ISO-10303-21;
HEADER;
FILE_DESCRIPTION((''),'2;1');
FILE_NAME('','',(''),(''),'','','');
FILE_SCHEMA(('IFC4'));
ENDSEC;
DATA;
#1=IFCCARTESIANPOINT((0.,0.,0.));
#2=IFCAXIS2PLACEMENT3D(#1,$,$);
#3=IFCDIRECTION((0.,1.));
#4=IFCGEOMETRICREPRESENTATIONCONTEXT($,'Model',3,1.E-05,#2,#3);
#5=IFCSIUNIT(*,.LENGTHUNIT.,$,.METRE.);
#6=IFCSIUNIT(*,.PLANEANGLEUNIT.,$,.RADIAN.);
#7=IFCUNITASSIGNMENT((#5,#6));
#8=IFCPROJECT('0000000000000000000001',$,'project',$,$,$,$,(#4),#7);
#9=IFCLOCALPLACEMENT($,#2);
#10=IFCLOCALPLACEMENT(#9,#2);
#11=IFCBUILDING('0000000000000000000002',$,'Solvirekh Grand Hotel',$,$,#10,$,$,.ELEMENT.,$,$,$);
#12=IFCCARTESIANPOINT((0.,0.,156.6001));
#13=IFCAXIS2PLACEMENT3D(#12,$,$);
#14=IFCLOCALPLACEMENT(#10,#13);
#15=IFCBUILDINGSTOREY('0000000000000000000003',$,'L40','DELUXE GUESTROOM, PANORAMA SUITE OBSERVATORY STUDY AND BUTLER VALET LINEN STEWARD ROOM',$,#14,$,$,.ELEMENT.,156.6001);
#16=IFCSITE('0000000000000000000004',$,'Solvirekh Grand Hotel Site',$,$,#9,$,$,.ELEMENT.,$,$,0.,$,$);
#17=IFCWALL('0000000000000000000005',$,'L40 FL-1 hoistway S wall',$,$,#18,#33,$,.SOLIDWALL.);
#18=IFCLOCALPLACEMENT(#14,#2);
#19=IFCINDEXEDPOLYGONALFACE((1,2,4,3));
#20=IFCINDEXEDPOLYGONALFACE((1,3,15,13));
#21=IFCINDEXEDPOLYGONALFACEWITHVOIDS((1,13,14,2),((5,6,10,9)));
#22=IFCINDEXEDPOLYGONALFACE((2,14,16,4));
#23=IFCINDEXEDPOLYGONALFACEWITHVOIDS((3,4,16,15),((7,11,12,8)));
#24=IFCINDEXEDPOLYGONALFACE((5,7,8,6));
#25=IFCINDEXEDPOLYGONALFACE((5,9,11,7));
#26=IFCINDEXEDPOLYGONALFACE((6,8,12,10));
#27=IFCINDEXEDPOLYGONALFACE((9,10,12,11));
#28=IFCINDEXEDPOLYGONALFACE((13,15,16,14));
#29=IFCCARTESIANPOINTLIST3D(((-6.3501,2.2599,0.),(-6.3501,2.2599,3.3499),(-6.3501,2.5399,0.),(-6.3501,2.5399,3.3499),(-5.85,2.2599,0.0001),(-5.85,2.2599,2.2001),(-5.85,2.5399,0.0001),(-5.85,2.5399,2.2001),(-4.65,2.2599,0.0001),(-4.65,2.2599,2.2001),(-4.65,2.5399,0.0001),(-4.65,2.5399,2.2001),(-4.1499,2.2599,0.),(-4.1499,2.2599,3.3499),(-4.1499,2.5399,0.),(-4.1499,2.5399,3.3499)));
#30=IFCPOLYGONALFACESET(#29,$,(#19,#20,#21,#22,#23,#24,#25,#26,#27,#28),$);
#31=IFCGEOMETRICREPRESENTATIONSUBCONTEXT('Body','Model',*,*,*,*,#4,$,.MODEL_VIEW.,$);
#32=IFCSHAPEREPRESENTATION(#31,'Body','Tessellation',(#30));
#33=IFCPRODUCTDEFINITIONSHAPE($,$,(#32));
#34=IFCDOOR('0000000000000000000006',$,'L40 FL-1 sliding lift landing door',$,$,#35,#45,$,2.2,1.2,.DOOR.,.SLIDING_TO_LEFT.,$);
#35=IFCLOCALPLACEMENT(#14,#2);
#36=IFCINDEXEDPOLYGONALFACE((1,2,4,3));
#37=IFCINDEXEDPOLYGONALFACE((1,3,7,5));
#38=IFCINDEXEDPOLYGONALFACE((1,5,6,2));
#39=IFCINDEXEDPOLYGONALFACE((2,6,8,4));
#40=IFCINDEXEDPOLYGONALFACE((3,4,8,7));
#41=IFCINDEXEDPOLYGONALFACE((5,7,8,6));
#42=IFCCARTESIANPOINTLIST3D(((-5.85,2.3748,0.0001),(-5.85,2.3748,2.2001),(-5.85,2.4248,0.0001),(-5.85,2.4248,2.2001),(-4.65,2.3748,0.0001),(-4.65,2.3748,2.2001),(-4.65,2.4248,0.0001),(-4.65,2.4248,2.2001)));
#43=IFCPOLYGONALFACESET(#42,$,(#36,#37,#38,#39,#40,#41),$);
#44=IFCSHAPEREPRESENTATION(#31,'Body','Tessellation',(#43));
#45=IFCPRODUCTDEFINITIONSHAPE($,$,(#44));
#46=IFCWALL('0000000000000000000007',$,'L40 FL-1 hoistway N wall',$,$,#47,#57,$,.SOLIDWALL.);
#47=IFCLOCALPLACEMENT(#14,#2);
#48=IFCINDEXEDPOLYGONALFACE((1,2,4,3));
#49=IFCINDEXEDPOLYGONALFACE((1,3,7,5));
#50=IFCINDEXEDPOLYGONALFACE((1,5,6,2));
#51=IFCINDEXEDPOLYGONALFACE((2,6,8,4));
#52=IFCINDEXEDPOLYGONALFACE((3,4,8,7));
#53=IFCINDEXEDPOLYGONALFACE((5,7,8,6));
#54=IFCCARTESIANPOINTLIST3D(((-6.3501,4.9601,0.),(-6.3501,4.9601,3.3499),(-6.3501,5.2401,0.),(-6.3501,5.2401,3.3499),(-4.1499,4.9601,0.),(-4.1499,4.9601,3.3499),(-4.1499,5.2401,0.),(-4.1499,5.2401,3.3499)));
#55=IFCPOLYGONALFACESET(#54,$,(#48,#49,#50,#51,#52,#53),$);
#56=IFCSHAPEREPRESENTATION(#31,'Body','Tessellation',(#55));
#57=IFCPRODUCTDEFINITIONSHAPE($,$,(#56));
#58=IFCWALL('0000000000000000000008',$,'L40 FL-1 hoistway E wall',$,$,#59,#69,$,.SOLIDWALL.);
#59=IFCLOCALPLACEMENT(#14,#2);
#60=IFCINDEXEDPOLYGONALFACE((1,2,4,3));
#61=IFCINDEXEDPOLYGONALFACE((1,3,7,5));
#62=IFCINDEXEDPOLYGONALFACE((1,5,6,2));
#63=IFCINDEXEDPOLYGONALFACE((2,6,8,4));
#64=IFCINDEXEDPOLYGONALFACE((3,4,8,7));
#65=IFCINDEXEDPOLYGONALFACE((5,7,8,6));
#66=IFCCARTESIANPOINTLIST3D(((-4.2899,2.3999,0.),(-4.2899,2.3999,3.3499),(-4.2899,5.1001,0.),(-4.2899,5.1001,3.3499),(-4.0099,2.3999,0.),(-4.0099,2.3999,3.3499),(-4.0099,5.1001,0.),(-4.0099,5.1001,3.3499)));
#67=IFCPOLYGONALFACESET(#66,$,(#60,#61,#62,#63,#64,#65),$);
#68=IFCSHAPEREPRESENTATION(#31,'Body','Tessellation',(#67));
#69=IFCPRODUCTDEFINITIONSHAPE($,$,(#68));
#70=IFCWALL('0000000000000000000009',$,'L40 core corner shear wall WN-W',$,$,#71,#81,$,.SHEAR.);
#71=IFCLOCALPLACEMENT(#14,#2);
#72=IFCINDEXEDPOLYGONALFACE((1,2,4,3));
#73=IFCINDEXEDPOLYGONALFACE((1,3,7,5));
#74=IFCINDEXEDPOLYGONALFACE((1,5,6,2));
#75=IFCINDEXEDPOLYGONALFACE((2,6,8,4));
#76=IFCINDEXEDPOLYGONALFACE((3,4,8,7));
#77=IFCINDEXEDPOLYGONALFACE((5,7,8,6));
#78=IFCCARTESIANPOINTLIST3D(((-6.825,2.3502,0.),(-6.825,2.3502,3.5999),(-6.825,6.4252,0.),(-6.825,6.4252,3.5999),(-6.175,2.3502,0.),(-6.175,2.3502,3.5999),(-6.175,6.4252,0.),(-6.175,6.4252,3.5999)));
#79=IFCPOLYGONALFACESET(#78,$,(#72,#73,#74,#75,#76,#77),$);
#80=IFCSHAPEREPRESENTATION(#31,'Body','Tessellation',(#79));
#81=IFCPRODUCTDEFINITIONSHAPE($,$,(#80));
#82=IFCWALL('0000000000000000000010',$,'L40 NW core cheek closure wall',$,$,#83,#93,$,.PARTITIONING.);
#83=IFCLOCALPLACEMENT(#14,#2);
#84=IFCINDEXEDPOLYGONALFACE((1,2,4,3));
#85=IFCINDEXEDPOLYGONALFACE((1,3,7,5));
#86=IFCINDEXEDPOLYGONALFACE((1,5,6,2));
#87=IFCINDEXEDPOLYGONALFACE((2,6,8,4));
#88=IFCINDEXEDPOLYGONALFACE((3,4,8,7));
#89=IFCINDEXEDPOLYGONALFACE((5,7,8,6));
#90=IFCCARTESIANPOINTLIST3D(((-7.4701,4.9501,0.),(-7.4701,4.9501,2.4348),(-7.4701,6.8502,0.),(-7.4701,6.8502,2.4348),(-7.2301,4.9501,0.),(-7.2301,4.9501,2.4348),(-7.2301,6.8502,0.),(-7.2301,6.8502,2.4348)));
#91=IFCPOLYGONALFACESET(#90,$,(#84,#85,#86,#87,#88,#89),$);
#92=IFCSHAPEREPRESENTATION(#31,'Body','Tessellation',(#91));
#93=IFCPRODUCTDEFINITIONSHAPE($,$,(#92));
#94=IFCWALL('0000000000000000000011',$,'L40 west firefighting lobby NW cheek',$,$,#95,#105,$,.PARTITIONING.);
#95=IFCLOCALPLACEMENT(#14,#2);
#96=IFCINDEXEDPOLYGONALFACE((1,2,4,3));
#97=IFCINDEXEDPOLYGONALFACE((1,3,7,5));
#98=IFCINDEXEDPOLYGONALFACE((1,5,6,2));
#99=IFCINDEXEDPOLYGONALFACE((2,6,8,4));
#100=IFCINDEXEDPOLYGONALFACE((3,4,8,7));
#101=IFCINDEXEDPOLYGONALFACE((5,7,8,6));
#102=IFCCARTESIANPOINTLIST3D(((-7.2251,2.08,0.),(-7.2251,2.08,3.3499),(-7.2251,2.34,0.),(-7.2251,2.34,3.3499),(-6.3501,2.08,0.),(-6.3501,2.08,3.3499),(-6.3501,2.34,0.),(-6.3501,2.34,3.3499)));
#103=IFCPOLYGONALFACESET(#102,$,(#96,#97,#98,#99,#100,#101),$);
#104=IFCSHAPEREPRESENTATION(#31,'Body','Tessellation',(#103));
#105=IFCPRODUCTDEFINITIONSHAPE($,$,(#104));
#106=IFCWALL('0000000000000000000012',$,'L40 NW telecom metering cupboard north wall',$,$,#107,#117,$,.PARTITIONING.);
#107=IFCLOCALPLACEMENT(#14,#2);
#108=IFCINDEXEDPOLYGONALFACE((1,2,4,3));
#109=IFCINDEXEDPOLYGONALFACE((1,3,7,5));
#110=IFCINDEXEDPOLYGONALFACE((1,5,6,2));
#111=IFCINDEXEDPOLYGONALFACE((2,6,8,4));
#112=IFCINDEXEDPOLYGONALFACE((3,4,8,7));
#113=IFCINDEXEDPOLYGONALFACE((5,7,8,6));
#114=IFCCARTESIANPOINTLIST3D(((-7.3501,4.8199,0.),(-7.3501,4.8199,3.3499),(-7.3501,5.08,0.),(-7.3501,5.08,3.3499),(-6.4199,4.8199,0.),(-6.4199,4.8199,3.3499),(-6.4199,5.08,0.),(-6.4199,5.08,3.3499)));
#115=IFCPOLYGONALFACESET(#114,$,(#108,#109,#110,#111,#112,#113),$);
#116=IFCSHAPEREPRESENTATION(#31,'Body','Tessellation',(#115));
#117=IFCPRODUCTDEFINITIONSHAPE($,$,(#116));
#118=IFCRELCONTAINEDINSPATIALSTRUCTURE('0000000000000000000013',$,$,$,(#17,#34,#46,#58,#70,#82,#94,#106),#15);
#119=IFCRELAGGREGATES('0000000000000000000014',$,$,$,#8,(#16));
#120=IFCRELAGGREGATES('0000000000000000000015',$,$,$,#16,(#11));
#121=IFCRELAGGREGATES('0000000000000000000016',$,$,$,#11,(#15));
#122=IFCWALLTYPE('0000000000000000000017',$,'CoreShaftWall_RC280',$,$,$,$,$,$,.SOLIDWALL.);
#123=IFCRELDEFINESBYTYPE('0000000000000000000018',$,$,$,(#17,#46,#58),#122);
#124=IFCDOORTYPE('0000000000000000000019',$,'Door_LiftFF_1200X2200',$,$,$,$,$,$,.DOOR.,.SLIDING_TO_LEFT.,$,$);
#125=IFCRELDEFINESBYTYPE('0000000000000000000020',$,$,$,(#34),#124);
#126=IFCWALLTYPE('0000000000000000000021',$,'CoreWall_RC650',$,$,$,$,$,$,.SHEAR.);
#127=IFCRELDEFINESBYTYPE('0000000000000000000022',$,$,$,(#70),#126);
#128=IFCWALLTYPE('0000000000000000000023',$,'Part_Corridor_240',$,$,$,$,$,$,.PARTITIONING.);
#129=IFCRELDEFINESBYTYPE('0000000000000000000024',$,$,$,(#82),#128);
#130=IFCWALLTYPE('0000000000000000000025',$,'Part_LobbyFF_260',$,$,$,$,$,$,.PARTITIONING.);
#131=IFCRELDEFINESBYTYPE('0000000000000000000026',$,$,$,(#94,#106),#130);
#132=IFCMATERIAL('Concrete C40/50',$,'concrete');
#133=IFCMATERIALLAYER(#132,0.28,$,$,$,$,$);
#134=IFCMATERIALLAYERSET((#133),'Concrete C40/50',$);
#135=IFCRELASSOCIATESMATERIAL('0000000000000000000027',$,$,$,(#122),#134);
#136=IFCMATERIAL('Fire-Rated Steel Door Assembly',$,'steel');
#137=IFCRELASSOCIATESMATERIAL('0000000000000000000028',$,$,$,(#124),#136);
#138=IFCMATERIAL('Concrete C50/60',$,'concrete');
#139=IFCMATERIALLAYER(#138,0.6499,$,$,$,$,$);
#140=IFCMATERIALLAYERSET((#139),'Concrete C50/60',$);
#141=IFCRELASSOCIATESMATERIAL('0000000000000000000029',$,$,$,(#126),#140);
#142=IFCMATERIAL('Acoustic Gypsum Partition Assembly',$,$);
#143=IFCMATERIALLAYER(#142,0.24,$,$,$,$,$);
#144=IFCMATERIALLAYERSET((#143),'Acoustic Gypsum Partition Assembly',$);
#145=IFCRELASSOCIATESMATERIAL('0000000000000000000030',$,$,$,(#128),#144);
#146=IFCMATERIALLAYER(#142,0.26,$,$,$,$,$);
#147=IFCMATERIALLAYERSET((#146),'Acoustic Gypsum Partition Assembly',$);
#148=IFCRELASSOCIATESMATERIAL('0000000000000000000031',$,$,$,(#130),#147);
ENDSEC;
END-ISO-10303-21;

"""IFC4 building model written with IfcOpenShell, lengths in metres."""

from ifc_helpers import new_model, si_unit, direction, frame, frame_2d, origin, place, context, subcontext, project, spatial, rectangle, extrude, material, layer, layer_set, type_object, element, fill, save


model = new_model("IFC4")

# Units and contexts
model_context = context("Model", 3, precision=1e-05, world=origin(), true_north=direction((0.0, 1.0)))
body_context = subcontext(model_context, "Body", "Model", "MODEL_VIEW")
ifc_project = project(units=[si_unit("LENGTHUNIT", "METRE"), si_unit("PLANEANGLEUNIT", "RADIAN")], contexts=[model_context])

# Site, building, storey
site_placement = place(None, origin())
site = spatial("IfcSite", under=ifc_project, at=site_placement, Name="Solvirekh Grand Hotel Site", CompositionType="ELEMENT", RefElevation=0.0)
building_placement = place(site_placement, origin())
building = spatial("IfcBuilding", under=site, at=building_placement, Name="Solvirekh Grand Hotel", CompositionType="ELEMENT")
storey_placement = place(building_placement, frame((0.0, 0.0, 156.6001)))
storey = spatial("IfcBuildingStorey", under=building, at=storey_placement, Name="L40", Description="DELUXE GUESTROOM, PANORAMA SUITE OBSERVATORY STUDY AND BUTLER VALET LINEN STEWARD ROOM", CompositionType="ELEMENT", Elevation=156.6001)

# Shared definitions
ifc_material_1 = material(Name="Concrete C50/60", Category="concrete")

# Shared definitions
ifc_material_2 = material(Name="Concrete C40/50", Category="concrete")
ifc_layer_1 = layer(ifc_material_2, 0.28)
ifc_layer_set_1 = layer_set([ifc_layer_1], Name="Concrete C40/50")
wall_type_1 = type_object("IfcWallType", Name="CoreShaftWall_RC280", PredefinedType="SOLIDWALL", material=ifc_layer_set_1)

# Wall, opening, door
wall_1_placement = place(storey_placement, frame((-6.3501, 2.3999, 0.0), z_axis=(0.0, 0.0, 1.0), x_axis=(1.0, 0.0, 0.0)))
wall_1 = element("IfcWall", 1, at=wall_1_placement, inside=storey, type_object=wall_type_1, Name="L40 FL-1 hoistway S wall", PredefinedType="SOLIDWALL", context=body_context, shape_type="SweptSolid", body=[
    extrude(rectangle(XDim=2.2002, YDim=0.28, at=frame_2d((1.1001, 0.0))), origin(), (0.0, 0.0, 1.0), 3.3499),
])
opening_placement = place(wall_1_placement, frame((0.5, 0.0, 0.0)))
opening = element("IfcOpeningElement", 2, at=opening_placement, cuts=wall_1, PredefinedType="OPENING", context=body_context, shape_type="SweptSolid", body=[
    extrude(rectangle(XDim=1.2, YDim=2.2, at=frame_2d((0.6001, 1.1001))), frame((0.0, 0.1499, 0.0), z_axis=(0.0, -1.0, 0.0), x_axis=(1.0, 0.0, 0.0)), (0.0, 0.0, 1.0), 0.3),
])
ifc_material_3 = material(Name="Fire-Rated Steel Door Assembly", Category="steel")
door_type = type_object("IfcDoorType", Name="Door_LiftFF_1200X2200", OperationType="SLIDING_TO_LEFT", PredefinedType="DOOR", material=ifc_material_3)
door_placement = place(opening_placement, origin())
door = element("IfcDoor", 3, at=door_placement, inside=storey, type_object=door_type, Name="L40 FL-1 sliding lift landing door", OperationType="SLIDING_TO_LEFT", OverallHeight=2.2, OverallWidth=1.2, PredefinedType="DOOR", context=body_context, shape_type="SweptSolid", body=[
    extrude(rectangle(XDim=1.2, YDim=2.2, at=frame_2d((0.6001, 1.1001))), frame((0.0, 0.0249, 0.0), z_axis=(0.0, -1.0, 0.0), x_axis=(1.0, 0.0, 0.0)), (0.0, 0.0, 1.0), 0.05),
])
fill(opening, door)

# Walls
wall_2_placement = place(storey_placement, frame((-4.1499, 5.1001, 0.0), z_axis=(0.0, 0.0, 1.0), x_axis=(-1.0, 0.0, 0.0)))
element("IfcWall", 4, at=wall_2_placement, inside=storey, type_object=wall_type_1, Name="L40 FL-1 hoistway N wall", PredefinedType="SOLIDWALL", context=body_context, shape_type="SweptSolid", body=[
    extrude(rectangle(XDim=2.2002, YDim=0.28, at=frame_2d((1.1001, 0.0))), origin(), (0.0, 0.0, 1.0), 3.3499),
])
wall_3_placement = place(storey_placement, frame((-4.1499, 2.3999, 0.0), z_axis=(0.0, 0.0, 1.0), x_axis=(0.0, 1.0, 0.0)))
element("IfcWall", 5, at=wall_3_placement, inside=storey, type_object=wall_type_1, Name="L40 FL-1 hoistway E wall", PredefinedType="SOLIDWALL", context=body_context, shape_type="SweptSolid", body=[
    extrude(rectangle(XDim=2.7002, YDim=0.28, at=frame_2d((1.3501, 0.0))), origin(), (0.0, 0.0, 1.0), 3.3499),
])
ifc_layer_2 = layer(ifc_material_1, 0.6499)
ifc_layer_set_2 = layer_set([ifc_layer_2], Name="Concrete C50/60")
wall_type_2 = type_object("IfcWallType", Name="CoreWall_RC650", PredefinedType="SHEAR", material=ifc_layer_set_2)
wall_4_placement = place(storey_placement, frame((-6.5, 2.3501, 0.0), z_axis=(0.0, 0.0, 1.0), x_axis=(0.0, 1.0, 0.0)))
element("IfcWall", 6, at=wall_4_placement, inside=storey, type_object=wall_type_2, Name="L40 core corner shear wall WN-W", PredefinedType="SHEAR", context=body_context, shape_type="SweptSolid", body=[
    extrude(rectangle(XDim=4.075, YDim=0.6499, at=frame_2d((2.0376, 0.0))), origin(), (0.0, 0.0, 1.0), 3.5999),
])
ifc_material_4 = material(Name="Acoustic Gypsum Partition Assembly")
ifc_layer_3 = layer(ifc_material_4, 0.24)
ifc_layer_set_3 = layer_set([ifc_layer_3], Name="Acoustic Gypsum Partition Assembly")
wall_type_3 = type_object("IfcWallType", Name="Part_Corridor_240", PredefinedType="PARTITIONING", material=ifc_layer_set_3)
wall_5_placement = place(storey_placement, frame((-7.3501, 4.95, 0.0), z_axis=(0.0, 0.0, 1.0), x_axis=(0.0, 1.0, 0.0)))
element("IfcWall", 7, at=wall_5_placement, inside=storey, type_object=wall_type_3, Name="L40 NW core cheek closure wall", PredefinedType="PARTITIONING", context=body_context, shape_type="SweptSolid", body=[
    extrude(rectangle(XDim=1.9001, YDim=0.24, at=frame_2d((0.9502, 0.0))), origin(), (0.0, 0.0, 1.0), 2.4348),
])
ifc_layer_4 = layer(ifc_material_4, 0.26)
ifc_layer_set_4 = layer_set([ifc_layer_4], Name="Acoustic Gypsum Partition Assembly")
wall_type_4 = type_object("IfcWallType", Name="Part_LobbyFF_260", PredefinedType="PARTITIONING", material=ifc_layer_set_4)
wall_6_placement = place(storey_placement, frame((-7.2251, 2.21, 0.0), z_axis=(0.0, 0.0, 1.0), x_axis=(1.0, 0.0, 0.0)))
element("IfcWall", 8, at=wall_6_placement, inside=storey, type_object=wall_type_4, Name="L40 west firefighting lobby NW cheek", PredefinedType="PARTITIONING", context=body_context, shape_type="SweptSolid", body=[
    extrude(rectangle(XDim=0.875, YDim=0.26, at=frame_2d((0.4375, 0.0))), origin(), (0.0, 0.0, 1.0), 3.3499),
])
wall_7_placement = place(storey_placement, frame((-7.3501, 4.95, 0.0), z_axis=(0.0, 0.0, 1.0), x_axis=(1.0, 0.0, 0.0)))
element("IfcWall", 9, at=wall_7_placement, inside=storey, type_object=wall_type_4, Name="L40 NW telecom metering cupboard north wall", PredefinedType="PARTITIONING", context=body_context, shape_type="SweptSolid", body=[
    extrude(rectangle(XDim=0.9302, YDim=0.26, at=frame_2d((0.4651, 0.0))), origin(), (0.0, 0.0, 1.0), 3.3499),
])

save(model, "model.ifc")
